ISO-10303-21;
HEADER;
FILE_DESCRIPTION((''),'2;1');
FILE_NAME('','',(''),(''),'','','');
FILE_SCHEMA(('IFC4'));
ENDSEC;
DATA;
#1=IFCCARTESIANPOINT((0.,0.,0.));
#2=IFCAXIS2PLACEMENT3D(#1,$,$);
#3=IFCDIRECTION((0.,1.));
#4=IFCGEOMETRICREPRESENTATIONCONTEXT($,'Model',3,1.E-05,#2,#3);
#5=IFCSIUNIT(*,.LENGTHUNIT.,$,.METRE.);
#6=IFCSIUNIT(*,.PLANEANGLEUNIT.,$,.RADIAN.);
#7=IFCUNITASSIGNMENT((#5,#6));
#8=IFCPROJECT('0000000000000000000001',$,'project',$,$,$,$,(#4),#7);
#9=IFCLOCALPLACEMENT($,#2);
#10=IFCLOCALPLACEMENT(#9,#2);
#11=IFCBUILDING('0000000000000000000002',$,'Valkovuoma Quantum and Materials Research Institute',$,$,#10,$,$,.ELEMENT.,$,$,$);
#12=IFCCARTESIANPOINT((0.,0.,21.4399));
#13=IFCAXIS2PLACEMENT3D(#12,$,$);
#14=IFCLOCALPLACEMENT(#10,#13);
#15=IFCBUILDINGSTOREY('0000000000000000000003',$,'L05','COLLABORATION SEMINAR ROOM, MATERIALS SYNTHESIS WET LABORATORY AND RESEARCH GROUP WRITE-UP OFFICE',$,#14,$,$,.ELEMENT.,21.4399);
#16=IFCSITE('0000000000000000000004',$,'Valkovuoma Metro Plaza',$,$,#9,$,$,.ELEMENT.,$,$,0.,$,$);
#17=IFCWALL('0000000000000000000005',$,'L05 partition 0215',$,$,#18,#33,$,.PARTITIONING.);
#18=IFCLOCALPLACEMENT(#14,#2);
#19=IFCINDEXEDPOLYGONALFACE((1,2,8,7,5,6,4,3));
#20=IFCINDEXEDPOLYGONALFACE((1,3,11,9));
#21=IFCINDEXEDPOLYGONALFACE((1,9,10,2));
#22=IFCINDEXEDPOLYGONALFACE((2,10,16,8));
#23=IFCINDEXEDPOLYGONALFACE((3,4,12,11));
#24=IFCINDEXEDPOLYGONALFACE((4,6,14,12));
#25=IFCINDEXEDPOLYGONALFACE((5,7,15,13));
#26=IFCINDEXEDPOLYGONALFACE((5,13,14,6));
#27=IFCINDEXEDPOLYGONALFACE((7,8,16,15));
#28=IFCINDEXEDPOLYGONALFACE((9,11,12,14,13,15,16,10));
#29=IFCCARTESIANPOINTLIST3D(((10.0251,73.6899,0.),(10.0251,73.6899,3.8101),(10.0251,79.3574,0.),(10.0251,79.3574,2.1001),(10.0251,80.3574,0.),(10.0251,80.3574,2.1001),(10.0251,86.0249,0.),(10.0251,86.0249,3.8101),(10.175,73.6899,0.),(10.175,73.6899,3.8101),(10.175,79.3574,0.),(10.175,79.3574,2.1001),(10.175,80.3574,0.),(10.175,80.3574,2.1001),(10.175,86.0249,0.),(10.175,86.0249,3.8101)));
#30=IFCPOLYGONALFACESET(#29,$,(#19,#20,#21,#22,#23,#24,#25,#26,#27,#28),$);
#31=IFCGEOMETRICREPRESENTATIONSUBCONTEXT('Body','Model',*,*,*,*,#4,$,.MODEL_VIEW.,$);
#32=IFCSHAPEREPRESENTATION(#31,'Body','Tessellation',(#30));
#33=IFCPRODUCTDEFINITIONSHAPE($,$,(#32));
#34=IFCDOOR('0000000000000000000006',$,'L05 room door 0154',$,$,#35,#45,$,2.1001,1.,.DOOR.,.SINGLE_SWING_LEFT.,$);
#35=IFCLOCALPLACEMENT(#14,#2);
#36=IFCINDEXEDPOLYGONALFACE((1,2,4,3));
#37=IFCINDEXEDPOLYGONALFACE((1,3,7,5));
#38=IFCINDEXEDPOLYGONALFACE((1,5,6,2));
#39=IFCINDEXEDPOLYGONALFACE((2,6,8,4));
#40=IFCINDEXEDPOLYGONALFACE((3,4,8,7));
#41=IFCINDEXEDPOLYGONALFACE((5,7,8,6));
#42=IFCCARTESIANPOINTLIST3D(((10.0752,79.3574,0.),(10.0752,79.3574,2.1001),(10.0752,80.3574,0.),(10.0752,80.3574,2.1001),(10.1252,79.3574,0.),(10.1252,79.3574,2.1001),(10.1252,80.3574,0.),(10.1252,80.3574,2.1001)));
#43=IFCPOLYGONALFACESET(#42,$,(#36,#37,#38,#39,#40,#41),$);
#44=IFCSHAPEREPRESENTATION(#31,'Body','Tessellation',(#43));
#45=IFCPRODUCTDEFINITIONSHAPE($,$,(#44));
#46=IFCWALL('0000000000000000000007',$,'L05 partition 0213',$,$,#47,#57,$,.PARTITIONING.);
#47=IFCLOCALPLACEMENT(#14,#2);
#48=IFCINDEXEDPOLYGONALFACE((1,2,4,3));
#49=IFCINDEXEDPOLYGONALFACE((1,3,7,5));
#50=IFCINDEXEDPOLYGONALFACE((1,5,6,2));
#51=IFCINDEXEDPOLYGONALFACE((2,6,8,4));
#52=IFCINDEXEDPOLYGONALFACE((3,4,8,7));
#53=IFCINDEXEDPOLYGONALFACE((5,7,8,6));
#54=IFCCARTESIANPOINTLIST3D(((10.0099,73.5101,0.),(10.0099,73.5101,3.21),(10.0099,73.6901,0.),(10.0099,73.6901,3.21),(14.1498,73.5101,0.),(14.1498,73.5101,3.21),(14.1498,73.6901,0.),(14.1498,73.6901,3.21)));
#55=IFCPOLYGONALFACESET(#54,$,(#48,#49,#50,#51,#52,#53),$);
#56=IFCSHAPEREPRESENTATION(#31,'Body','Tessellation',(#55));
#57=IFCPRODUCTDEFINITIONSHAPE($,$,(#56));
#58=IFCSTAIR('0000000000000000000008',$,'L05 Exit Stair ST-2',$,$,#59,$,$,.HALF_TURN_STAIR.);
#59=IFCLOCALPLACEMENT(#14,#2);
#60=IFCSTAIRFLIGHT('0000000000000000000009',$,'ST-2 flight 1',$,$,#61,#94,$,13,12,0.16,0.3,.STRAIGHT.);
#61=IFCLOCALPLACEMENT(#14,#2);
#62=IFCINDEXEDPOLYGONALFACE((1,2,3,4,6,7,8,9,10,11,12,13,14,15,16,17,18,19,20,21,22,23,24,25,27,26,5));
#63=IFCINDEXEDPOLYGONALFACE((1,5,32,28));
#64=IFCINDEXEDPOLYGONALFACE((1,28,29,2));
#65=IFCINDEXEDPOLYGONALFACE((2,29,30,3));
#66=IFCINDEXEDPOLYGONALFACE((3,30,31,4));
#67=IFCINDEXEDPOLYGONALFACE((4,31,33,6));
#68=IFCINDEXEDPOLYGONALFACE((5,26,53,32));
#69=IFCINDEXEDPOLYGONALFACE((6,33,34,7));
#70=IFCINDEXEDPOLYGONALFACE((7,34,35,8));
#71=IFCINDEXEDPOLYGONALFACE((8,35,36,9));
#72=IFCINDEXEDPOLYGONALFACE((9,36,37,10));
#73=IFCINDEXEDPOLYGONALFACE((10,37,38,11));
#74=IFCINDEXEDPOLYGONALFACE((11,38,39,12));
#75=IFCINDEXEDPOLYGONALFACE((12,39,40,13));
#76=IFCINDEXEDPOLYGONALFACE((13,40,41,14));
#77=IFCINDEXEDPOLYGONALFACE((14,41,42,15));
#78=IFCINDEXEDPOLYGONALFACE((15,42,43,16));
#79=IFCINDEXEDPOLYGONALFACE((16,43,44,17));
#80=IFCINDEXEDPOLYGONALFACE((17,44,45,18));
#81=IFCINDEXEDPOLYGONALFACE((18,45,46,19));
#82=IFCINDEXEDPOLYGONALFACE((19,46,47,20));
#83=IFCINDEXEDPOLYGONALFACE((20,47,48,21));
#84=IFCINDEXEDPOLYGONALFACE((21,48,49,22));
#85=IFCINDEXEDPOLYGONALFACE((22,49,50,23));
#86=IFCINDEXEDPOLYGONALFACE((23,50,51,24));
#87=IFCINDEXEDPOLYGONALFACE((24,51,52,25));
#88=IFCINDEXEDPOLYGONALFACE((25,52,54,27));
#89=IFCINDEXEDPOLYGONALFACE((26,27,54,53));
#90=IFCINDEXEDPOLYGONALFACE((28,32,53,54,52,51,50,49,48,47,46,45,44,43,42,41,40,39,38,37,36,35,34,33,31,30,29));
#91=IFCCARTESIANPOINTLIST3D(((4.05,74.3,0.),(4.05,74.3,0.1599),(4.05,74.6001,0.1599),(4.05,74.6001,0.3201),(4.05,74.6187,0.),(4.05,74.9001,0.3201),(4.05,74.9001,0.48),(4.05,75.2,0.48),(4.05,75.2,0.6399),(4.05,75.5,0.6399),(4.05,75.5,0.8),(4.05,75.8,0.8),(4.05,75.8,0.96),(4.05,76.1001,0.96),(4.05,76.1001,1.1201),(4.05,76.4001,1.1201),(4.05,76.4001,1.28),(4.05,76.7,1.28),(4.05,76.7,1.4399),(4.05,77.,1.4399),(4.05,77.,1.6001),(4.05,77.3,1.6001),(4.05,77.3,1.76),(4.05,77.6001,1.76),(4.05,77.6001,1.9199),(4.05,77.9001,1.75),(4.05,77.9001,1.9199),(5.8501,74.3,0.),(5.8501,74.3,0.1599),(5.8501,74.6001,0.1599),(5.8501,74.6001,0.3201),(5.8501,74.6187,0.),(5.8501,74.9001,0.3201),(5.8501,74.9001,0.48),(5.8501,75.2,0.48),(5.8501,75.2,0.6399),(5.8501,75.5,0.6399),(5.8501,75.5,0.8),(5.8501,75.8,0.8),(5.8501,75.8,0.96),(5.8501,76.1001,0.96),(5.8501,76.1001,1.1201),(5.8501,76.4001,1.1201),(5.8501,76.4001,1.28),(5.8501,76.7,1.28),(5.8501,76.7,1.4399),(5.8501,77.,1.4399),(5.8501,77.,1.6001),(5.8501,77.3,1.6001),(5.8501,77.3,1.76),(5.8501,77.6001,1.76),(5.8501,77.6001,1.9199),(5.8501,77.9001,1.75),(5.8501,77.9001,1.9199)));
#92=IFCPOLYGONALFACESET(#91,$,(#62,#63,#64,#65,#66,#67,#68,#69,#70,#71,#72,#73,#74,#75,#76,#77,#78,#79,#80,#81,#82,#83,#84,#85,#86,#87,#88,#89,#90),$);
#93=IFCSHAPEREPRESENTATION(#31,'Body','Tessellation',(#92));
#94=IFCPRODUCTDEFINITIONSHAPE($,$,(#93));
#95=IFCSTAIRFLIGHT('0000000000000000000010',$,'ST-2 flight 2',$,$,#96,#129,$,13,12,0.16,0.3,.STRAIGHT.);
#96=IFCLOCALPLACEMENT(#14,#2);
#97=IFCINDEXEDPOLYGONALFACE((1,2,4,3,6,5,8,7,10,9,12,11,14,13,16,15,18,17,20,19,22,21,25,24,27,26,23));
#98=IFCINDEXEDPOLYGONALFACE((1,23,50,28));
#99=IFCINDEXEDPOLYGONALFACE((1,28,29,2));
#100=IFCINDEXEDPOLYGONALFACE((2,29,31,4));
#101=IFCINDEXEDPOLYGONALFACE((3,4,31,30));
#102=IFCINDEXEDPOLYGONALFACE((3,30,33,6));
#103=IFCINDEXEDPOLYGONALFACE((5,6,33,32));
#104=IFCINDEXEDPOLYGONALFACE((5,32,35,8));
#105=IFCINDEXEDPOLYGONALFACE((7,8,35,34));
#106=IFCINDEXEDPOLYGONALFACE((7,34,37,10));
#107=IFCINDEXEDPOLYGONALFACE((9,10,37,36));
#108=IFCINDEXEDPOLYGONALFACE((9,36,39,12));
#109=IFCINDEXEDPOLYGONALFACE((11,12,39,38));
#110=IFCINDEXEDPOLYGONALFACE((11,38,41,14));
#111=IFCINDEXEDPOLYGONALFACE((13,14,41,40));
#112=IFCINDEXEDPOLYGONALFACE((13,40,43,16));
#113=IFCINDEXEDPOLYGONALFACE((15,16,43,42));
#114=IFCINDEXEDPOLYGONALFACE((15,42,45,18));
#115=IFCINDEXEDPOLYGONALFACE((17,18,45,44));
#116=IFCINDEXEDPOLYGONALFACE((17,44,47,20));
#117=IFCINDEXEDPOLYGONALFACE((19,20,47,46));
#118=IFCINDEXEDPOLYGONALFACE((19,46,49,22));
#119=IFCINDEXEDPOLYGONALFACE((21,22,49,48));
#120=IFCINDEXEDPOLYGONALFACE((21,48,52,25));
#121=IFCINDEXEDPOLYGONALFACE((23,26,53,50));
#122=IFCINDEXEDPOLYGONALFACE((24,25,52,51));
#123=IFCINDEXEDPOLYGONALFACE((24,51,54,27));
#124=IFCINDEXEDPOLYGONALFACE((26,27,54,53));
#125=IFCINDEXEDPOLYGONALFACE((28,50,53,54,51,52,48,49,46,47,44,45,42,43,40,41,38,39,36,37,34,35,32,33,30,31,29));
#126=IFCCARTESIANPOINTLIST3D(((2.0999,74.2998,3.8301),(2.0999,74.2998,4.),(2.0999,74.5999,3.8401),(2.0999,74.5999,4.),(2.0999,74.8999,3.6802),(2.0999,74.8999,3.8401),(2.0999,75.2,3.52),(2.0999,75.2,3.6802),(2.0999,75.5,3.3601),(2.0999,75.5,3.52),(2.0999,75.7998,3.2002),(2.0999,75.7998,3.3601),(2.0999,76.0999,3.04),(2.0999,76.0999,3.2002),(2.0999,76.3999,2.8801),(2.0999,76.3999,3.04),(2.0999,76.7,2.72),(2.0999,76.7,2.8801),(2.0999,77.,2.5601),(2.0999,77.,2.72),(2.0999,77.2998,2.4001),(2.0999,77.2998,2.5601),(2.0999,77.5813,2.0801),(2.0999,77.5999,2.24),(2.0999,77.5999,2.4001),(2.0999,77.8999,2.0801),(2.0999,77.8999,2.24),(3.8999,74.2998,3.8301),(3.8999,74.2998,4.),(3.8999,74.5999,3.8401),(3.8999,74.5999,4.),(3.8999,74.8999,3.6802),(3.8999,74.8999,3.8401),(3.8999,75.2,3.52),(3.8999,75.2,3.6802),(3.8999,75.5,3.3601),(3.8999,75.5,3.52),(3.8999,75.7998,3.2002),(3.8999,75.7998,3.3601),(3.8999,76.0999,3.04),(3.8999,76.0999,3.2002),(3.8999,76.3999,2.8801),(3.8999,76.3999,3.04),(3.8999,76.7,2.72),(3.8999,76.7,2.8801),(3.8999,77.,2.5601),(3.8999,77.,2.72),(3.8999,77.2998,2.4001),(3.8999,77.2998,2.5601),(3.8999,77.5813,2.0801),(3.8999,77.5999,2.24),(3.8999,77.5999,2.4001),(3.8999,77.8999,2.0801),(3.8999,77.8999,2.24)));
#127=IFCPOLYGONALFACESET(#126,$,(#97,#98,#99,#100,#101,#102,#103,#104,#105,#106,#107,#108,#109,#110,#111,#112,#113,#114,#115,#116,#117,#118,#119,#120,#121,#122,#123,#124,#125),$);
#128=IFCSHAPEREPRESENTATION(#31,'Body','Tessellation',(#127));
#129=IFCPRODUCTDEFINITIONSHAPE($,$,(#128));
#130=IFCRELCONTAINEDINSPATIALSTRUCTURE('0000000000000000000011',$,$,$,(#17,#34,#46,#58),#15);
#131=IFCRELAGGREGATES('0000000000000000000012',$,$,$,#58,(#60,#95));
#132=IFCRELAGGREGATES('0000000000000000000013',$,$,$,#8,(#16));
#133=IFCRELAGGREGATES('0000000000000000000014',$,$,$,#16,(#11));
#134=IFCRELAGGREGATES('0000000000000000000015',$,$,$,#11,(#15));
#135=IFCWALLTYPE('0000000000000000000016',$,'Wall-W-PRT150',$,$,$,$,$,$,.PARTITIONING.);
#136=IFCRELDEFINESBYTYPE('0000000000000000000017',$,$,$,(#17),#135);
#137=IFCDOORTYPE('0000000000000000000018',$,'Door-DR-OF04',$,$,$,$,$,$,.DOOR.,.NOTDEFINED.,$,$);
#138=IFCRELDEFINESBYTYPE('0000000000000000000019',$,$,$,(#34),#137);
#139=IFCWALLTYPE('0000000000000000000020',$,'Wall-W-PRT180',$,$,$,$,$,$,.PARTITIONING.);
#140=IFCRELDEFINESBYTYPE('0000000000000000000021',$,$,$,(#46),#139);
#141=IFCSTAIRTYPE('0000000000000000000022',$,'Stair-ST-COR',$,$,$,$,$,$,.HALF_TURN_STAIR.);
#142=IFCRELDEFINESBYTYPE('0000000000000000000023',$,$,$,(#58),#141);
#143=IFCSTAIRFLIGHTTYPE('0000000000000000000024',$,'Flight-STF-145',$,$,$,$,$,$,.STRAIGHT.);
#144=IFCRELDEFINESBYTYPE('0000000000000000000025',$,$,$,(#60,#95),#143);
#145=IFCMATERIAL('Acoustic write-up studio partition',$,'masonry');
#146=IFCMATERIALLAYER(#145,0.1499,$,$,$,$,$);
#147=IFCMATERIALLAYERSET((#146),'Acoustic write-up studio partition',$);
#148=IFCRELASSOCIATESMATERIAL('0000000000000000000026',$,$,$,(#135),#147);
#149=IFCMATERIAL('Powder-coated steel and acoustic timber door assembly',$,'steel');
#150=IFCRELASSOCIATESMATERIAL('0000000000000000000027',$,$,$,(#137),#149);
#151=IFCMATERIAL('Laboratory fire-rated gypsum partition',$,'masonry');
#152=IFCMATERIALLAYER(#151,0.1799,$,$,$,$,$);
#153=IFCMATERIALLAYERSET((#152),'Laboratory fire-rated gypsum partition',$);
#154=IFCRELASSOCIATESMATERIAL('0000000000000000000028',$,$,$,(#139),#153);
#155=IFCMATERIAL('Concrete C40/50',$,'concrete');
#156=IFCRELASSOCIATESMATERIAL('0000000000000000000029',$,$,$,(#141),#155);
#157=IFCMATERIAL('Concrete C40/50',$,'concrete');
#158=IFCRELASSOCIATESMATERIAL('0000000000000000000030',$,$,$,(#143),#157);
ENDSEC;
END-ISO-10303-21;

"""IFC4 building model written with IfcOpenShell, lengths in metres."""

from ifc_helpers import new_model, si_unit, direction, frame, frame_2d, origin, place, context, subcontext, project, spatial, polyline, rectangle, outline, extrude, material, layer, layer_set, type_object, element, fill, aggregate, save


model = new_model("IFC4")

# Units and contexts
model_context = context("Model", 3, precision=1e-05, world=origin(), true_north=direction((0.0, 1.0)))
body_context = subcontext(model_context, "Body", "Model", "MODEL_VIEW")
ifc_project = project(units=[si_unit("LENGTHUNIT", "METRE"), si_unit("PLANEANGLEUNIT", "RADIAN")], contexts=[model_context])

# Site, building, storey
site_placement = place(None, origin())
site = spatial("IfcSite", under=ifc_project, at=site_placement, Name="Valkovuoma Metro Plaza", CompositionType="ELEMENT", RefElevation=0.0)
building_placement = place(site_placement, origin())
building = spatial("IfcBuilding", under=site, at=building_placement, Name="Valkovuoma Quantum and Materials Research Institute", CompositionType="ELEMENT")
storey_placement = place(building_placement, frame((0.0, 0.0, 21.4399)))
storey = spatial("IfcBuildingStorey", under=building, at=storey_placement, Name="L05", Description="COLLABORATION SEMINAR ROOM, MATERIALS SYNTHESIS WET LABORATORY AND RESEARCH GROUP WRITE-UP OFFICE", CompositionType="ELEMENT", Elevation=21.4399)

# Wall, opening, door
ifc_material_1 = material(Name="Acoustic write-up studio partition", Category="masonry")
ifc_layer_1 = layer(ifc_material_1, 0.1499)
ifc_layer_set_1 = layer_set([ifc_layer_1], Name="Acoustic write-up studio partition")
wall_type_1 = type_object("IfcWallType", Name="Wall-W-PRT150", PredefinedType="PARTITIONING", material=ifc_layer_set_1)
wall_1_placement = place(storey_placement, frame((10.1001, 73.6899, 0.0), z_axis=(0.0, 0.0, 1.0), x_axis=(0.0, 1.0, 0.0)))
wall_1 = element("IfcWall", 1, at=wall_1_placement, inside=storey, type_object=wall_type_1, Name="L05 partition 0215", PredefinedType="PARTITIONING", context=body_context, shape_type="SweptSolid", body=[
    extrude(rectangle(XDim=12.335, YDim=0.1499, at=frame_2d((6.1675, 0.0))), origin(), (0.0, 0.0, 1.0), 3.8101),
])
opening_1_placement = place(wall_1_placement, frame((5.6675, 0.0, 0.0)))
opening_1 = element("IfcOpeningElement", 2, at=opening_1_placement, cuts=wall_1, PredefinedType="OPENING", context=body_context, shape_type="SweptSolid", body=[
    extrude(rectangle(XDim=1.0, YDim=2.1001, at=frame_2d((0.5, 1.05))), frame((0.0, 0.085, 0.0), z_axis=(0.0, -1.0, 0.0), x_axis=(1.0, 0.0, 0.0)), (0.0, 0.0, 1.0), 0.1699),
])
ifc_material_2 = material(Name="Powder-coated steel and acoustic timber door assembly", Category="steel")
door_type_1 = type_object("IfcDoorType", Name="Door-DR-OF04", OperationType="NOTDEFINED", PredefinedType="DOOR", material=ifc_material_2)
door_1_placement = place(opening_1_placement, origin())
door_1 = element("IfcDoor", 3, at=door_1_placement, inside=storey, type_object=door_type_1, Name="L05 room door 0154", OperationType="SINGLE_SWING_LEFT", OverallHeight=2.1001, OverallWidth=1.0, PredefinedType="DOOR", context=body_context, shape_type="SweptSolid", body=[
    extrude(rectangle(XDim=1.0, YDim=2.1001, at=frame_2d((0.5, 1.05))), frame((0.0, 0.0249, 0.0), z_axis=(0.0, -1.0, 0.0), x_axis=(1.0, 0.0, 0.0)), (0.0, 0.0, 1.0), 0.05),
])
fill(opening_1, door_1)

# Wall
ifc_material_3 = material(Name="Laboratory fire-rated gypsum partition", Category="masonry")
ifc_layer_2 = layer(ifc_material_3, 0.1799)
ifc_layer_set_2 = layer_set([ifc_layer_2], Name="Laboratory fire-rated gypsum partition")
wall_type_2 = type_object("IfcWallType", Name="Wall-W-PRT180", PredefinedType="PARTITIONING", material=ifc_layer_set_2)
wall_2_placement = place(storey_placement, frame((10.01, 73.6001, 0.0), z_axis=(0.0, 0.0, 1.0), x_axis=(1.0, 0.0, 0.0)))
element("IfcWall", 4, at=wall_2_placement, inside=storey, type_object=wall_type_2, Name="L05 partition 0213", PredefinedType="PARTITIONING", context=body_context, shape_type="SweptSolid", body=[
    extrude(rectangle(XDim=4.1399, YDim=0.1799, at=frame_2d((2.0698, 0.0))), origin(), (0.0, 0.0, 1.0), 3.21),
])

# Stair, stair flights
ifc_material_4 = material(Name="Concrete C40/50", Category="concrete")
stair_type = type_object("IfcStairType", Name="Stair-ST-COR", PredefinedType="HALF_TURN_STAIR", material=ifc_material_4)
stair_placement = place(storey_placement, origin())
stair = element("IfcStair", 5, at=stair_placement, inside=storey, type_object=stair_type, Name="L05 Exit Stair ST-2", PredefinedType="HALF_TURN_STAIR")
ifc_material_5 = material(Name="Concrete C40/50", Category="concrete")
stair_flight_type = type_object("IfcStairFlightType", Name="Flight-STF-145", PredefinedType="STRAIGHT", material=ifc_material_5)
stair_flight_1_placement = place(storey_placement, frame((4.95, 74.3, 0.0), z_axis=(0.0, 0.0, 1.0), x_axis=(0.0, 1.0, 0.0)))
stair_flight_1 = element("IfcStairFlight", 6, at=stair_flight_1_placement, type_object=stair_flight_type, Name="ST-2 flight 1", NumberOfRisers=13, NumberOfTreads=12, PredefinedType="STRAIGHT", RiserHeight=0.16, TreadLength=0.3, context=body_context, shape_type="SweptSolid", body=[
    extrude(outline(polyline([(0.0, 0.0), (0.0, 0.1599), (0.3, 0.1599), (0.3, 0.3201), (0.6001, 0.3201), (0.6001, 0.48), (0.8999, 0.48), (0.8999, 0.6399), (1.2, 0.6399), (1.2, 0.8), (1.5, 0.8), (1.5, 0.96), (1.8, 0.96), (1.8, 1.1201), (2.1001, 1.1201), (2.1001, 1.28), (2.3999, 1.28), (2.3999, 1.4399), (2.7, 1.4399), (2.7, 1.6001), (3.0, 1.6001), (3.0, 1.76), (3.3, 1.76), (3.3, 1.9199), (3.6001, 1.9199), (3.6001, 2.0801), (3.6001, 1.75), (0.3186, 0.0), (0.0, 0.0)])), frame((0.0, 0.8999, 0.0), z_axis=(0.0, -1.0, 0.0), x_axis=(1.0, 0.0, 0.0)), (0.0, 0.0, 1.0), 1.8),
])
stair_flight_2_placement = place(storey_placement, frame((3.0, 77.8999, 2.0801), z_axis=(0.0, 0.0, 1.0), x_axis=(0.0, -1.0, 0.0)))
stair_flight_2 = element("IfcStairFlight", 7, at=stair_flight_2_placement, type_object=stair_flight_type, Name="ST-2 flight 2", NumberOfRisers=13, NumberOfTreads=12, PredefinedType="STRAIGHT", RiserHeight=0.16, TreadLength=0.3, context=body_context, shape_type="SweptSolid", body=[
    extrude(outline(polyline([(0.0, 0.0), (0.0, 0.1599), (0.3, 0.1599), (0.3, 0.3201), (0.6001, 0.3201), (0.6001, 0.48), (0.8999, 0.48), (0.8999, 0.6399), (1.2, 0.6399), (1.2, 0.8), (1.5, 0.8), (1.5, 0.96), (1.8, 0.96), (1.8, 1.1201), (2.1001, 1.1201), (2.1001, 1.28), (2.3999, 1.28), (2.3999, 1.4399), (2.7, 1.4399), (2.7, 1.6001), (3.0, 1.6001), (3.0, 1.76), (3.3, 1.76), (3.3, 1.9199), (3.6001, 1.9199), (3.6001, 2.0801), (3.6001, 1.75), (0.3186, 0.0), (0.0, 0.0)])), frame((0.0, 0.8999, 0.0), z_axis=(0.0, -1.0, 0.0), x_axis=(1.0, 0.0, 0.0)), (0.0, 0.0, 1.0), 1.8),
])
aggregate(stair, [stair_flight_1, stair_flight_2])

save(model, "model.ifc")
